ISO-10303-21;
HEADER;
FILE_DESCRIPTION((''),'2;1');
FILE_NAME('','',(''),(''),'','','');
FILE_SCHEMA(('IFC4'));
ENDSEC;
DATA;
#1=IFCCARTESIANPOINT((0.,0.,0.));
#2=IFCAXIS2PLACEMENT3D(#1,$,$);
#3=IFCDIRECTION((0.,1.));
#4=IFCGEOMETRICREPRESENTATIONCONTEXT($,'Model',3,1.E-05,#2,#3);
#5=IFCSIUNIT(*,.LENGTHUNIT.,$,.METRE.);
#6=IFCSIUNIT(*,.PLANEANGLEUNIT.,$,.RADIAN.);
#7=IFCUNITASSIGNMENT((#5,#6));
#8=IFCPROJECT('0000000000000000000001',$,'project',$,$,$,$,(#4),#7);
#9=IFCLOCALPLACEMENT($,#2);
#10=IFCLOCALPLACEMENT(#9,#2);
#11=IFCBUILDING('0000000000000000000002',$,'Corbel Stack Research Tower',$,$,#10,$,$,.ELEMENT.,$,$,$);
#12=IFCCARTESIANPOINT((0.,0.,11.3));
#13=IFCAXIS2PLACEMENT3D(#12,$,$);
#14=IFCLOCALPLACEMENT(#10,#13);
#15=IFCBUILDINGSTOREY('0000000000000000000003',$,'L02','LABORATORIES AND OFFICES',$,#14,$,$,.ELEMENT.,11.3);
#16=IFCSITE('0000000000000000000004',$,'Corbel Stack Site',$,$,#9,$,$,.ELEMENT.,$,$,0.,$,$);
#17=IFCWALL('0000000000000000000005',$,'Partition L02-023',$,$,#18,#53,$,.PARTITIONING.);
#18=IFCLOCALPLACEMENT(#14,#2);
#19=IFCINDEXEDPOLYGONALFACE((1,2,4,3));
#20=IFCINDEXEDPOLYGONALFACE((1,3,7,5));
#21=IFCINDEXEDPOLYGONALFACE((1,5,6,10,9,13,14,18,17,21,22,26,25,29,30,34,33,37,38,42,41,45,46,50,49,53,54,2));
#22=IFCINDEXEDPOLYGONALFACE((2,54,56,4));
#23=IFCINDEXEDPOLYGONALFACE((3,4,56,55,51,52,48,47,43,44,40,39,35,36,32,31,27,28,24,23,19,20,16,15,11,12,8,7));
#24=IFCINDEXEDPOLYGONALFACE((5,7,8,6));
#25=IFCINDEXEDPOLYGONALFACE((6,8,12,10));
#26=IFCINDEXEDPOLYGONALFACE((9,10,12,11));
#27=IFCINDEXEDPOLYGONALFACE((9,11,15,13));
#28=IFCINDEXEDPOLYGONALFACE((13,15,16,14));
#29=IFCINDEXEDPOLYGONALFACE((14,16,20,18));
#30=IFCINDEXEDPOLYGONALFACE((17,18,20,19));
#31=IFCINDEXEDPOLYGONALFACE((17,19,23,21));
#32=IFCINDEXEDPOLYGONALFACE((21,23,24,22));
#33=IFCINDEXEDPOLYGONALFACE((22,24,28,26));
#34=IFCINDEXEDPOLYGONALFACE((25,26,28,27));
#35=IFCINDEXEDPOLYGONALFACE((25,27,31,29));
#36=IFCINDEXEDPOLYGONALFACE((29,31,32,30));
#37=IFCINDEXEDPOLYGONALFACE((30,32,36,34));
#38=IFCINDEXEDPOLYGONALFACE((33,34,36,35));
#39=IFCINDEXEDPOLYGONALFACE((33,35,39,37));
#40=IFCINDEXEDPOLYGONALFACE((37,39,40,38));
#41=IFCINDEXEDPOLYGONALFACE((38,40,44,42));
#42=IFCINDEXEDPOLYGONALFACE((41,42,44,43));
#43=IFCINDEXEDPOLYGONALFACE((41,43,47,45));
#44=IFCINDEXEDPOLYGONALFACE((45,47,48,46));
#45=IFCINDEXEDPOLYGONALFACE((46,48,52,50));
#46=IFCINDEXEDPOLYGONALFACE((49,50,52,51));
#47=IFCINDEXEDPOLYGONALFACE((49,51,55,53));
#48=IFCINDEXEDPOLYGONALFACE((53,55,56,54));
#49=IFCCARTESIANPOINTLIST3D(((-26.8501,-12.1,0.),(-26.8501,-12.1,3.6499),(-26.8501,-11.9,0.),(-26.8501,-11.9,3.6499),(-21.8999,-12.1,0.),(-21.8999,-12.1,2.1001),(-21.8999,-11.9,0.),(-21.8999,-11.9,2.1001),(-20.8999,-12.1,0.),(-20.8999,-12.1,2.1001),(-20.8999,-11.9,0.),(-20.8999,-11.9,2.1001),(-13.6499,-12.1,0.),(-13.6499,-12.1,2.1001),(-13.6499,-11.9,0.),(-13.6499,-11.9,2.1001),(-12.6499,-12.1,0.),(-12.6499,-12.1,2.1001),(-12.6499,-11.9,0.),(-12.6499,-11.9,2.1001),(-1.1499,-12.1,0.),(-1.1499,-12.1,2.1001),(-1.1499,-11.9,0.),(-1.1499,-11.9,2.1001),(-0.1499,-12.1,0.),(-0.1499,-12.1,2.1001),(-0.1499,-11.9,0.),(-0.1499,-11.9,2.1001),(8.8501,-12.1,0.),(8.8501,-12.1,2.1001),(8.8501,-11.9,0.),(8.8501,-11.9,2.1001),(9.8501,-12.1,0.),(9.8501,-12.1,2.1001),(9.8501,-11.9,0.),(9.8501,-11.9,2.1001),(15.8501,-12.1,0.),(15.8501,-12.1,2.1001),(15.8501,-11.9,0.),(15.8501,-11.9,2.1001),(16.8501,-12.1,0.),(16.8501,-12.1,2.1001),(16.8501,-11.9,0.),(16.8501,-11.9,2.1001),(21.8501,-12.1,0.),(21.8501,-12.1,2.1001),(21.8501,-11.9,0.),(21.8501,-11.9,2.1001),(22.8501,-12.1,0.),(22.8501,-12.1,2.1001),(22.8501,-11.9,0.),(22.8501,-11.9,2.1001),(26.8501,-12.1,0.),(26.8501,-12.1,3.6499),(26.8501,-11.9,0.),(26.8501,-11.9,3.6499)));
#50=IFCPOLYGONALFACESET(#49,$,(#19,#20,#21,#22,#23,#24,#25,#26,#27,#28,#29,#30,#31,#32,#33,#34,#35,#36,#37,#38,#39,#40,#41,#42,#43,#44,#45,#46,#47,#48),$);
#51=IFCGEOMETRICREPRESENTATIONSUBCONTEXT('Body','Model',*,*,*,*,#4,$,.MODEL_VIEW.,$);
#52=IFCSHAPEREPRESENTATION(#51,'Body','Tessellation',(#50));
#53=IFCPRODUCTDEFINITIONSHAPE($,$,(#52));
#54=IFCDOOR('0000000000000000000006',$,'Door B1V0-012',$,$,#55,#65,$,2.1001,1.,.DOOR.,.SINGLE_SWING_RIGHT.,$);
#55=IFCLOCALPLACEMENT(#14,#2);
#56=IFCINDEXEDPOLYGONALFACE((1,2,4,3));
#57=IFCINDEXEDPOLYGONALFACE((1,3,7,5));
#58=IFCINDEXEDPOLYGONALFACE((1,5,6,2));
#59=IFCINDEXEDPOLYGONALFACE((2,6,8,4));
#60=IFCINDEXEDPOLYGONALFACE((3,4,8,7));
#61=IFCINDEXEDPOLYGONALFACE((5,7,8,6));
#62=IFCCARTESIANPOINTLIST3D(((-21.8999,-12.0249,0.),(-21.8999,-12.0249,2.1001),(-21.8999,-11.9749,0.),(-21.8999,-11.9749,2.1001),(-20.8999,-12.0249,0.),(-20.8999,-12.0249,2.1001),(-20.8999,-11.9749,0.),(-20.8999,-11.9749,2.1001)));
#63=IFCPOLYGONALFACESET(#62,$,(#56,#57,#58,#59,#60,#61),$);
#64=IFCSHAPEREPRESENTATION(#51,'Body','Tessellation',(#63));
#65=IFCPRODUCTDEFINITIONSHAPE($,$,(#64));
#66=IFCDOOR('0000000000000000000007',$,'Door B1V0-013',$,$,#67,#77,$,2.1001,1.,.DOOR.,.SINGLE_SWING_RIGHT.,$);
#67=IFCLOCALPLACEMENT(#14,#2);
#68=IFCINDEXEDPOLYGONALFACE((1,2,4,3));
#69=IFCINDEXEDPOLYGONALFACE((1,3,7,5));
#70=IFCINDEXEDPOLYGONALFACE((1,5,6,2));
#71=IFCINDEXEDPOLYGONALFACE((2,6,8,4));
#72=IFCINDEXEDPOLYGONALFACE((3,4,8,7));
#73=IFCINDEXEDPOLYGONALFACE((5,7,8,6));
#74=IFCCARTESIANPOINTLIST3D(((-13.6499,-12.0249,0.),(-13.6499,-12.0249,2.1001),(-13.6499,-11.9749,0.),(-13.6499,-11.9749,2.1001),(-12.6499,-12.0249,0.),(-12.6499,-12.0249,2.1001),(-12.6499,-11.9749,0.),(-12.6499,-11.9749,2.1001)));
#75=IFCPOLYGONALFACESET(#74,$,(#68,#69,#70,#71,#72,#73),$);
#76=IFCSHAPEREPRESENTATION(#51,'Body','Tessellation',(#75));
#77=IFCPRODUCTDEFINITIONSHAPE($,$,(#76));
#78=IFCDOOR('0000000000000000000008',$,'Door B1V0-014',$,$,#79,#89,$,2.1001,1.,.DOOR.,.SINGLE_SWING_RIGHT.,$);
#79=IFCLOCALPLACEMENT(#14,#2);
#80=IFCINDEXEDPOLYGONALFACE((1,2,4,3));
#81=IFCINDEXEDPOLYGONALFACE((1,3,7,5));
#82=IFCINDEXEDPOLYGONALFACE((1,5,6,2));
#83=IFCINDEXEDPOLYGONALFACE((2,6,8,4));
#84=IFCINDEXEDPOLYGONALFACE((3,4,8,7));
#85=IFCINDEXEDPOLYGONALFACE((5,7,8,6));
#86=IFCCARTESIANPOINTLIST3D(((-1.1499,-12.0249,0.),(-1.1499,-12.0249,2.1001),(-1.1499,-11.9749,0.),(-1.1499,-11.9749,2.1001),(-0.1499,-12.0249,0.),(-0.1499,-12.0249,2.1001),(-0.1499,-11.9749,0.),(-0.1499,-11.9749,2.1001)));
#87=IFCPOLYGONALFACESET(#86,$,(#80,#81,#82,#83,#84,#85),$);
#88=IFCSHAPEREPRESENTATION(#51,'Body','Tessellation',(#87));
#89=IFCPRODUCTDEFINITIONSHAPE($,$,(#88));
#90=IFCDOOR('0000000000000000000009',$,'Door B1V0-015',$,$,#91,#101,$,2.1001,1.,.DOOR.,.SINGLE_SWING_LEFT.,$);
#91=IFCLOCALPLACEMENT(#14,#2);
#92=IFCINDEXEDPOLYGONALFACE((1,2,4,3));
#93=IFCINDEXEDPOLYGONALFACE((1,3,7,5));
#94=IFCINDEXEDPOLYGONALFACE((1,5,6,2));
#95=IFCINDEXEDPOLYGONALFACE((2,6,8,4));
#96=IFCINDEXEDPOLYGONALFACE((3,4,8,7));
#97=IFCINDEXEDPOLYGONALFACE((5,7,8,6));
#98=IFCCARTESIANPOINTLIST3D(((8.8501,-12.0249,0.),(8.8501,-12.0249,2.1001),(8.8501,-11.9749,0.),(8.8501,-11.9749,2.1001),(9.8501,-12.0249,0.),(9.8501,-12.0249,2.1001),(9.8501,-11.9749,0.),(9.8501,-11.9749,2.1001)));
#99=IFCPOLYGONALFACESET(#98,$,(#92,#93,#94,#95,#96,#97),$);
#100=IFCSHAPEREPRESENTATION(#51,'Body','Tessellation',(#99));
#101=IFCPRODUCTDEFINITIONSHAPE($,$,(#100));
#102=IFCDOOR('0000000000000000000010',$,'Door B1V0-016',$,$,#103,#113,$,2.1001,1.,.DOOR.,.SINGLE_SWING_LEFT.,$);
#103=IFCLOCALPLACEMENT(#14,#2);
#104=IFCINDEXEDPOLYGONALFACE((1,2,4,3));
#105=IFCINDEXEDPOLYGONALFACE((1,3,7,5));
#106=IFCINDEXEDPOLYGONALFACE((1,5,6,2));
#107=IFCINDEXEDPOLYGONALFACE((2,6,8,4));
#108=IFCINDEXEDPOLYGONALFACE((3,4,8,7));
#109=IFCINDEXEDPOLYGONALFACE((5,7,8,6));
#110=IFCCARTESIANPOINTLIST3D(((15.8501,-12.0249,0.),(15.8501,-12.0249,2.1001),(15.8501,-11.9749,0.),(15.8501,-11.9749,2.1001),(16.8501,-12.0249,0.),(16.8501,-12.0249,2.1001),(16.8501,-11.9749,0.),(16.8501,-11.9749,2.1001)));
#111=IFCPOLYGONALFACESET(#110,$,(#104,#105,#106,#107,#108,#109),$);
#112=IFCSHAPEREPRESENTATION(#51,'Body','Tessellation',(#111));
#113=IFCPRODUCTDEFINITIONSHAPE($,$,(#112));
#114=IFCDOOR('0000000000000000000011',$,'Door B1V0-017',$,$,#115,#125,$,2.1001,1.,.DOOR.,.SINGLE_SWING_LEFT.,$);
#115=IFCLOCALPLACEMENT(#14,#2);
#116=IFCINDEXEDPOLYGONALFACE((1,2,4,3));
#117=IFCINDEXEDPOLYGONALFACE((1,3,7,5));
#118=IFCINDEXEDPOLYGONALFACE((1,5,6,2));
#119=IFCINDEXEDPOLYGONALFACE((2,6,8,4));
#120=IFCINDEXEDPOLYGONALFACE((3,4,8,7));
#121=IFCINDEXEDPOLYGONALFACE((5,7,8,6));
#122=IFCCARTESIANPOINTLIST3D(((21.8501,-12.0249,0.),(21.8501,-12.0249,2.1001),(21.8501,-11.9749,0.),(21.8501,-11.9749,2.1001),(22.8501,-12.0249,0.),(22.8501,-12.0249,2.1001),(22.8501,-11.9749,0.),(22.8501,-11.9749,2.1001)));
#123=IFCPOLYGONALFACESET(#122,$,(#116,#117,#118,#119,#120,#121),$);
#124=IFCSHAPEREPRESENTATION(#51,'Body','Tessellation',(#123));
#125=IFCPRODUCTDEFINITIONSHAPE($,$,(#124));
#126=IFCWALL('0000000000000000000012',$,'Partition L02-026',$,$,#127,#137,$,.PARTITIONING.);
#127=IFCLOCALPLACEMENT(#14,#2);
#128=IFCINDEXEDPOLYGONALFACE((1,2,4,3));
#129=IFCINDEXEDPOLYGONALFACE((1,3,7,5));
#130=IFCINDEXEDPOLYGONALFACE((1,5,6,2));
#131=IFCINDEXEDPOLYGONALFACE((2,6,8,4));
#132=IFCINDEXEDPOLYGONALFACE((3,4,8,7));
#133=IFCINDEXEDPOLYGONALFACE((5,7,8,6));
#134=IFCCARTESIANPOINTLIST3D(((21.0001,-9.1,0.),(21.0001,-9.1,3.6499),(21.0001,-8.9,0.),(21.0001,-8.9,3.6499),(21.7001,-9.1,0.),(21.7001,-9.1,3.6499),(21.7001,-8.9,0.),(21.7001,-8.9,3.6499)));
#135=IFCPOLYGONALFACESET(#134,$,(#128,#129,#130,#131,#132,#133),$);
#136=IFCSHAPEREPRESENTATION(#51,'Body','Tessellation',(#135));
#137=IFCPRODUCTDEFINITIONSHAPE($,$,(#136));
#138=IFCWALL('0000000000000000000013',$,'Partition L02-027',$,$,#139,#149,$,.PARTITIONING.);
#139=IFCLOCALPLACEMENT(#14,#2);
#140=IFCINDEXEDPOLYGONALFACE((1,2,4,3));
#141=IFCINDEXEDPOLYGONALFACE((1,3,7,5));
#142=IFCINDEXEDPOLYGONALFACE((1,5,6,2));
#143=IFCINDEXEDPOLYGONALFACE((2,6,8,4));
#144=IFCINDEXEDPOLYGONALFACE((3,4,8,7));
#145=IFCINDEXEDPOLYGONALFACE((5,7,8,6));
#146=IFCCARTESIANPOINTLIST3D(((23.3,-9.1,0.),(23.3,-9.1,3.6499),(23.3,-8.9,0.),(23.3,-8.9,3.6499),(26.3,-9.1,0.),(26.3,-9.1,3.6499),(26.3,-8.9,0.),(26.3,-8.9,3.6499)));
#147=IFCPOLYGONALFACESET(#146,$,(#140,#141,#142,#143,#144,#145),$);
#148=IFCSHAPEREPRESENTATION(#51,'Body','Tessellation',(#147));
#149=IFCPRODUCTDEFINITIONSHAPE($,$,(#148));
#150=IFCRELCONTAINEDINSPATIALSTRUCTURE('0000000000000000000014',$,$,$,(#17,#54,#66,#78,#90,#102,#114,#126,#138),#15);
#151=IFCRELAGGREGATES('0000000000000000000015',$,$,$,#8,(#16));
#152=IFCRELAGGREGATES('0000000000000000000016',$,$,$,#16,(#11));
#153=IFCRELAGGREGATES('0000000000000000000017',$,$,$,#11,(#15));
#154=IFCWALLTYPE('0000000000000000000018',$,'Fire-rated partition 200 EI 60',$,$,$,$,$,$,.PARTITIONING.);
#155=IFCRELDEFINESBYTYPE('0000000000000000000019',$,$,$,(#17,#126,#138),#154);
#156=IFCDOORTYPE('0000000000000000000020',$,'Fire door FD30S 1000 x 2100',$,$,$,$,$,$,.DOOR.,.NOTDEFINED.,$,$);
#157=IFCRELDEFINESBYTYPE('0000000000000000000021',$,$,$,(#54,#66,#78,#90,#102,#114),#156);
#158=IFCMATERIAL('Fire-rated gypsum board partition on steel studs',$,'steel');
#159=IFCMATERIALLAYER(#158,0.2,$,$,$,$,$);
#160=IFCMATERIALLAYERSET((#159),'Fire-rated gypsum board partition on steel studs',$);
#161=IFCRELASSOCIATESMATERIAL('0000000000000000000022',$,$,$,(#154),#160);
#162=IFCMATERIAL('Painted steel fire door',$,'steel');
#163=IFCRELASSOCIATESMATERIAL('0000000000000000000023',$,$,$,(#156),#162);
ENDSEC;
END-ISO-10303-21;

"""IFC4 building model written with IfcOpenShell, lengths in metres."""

from ifc_helpers import new_model, si_unit, direction, frame, frame_2d, origin, place, context, subcontext, project, spatial, rectangle, extrude, material, layer, layer_set, type_object, element, fill, save


model = new_model("IFC4")

# Units and contexts
model_context = context("Model", 3, precision=1e-05, world=origin(), true_north=direction((0.0, 1.0)))
body_context = subcontext(model_context, "Body", "Model", "MODEL_VIEW")
ifc_project = project(units=[si_unit("LENGTHUNIT", "METRE"), si_unit("PLANEANGLEUNIT", "RADIAN")], contexts=[model_context])

# Site, building, storey
site_placement = place(None, origin())
site = spatial("IfcSite", under=ifc_project, at=site_placement, Name="Corbel Stack Site", CompositionType="ELEMENT", RefElevation=0.0)
building_placement = place(site_placement, origin())
building = spatial("IfcBuilding", under=site, at=building_placement, Name="Corbel Stack Research Tower", CompositionType="ELEMENT")
storey_placement = place(building_placement, frame((0.0, 0.0, 11.3)))
storey = spatial("IfcBuildingStorey", under=building, at=storey_placement, Name="L02", Description="LABORATORIES AND OFFICES", CompositionType="ELEMENT", Elevation=11.3)

# Shared definitions
ifc_material_1 = material(Name="Fire-rated gypsum board partition on steel studs", Category="steel")
ifc_layer_1 = layer(ifc_material_1, 0.2)
ifc_layer_set_1 = layer_set([ifc_layer_1], Name="Fire-rated gypsum board partition on steel studs")
wall_type_1 = type_object("IfcWallType", Name="Fire-rated partition 200 EI 60", PredefinedType="PARTITIONING", material=ifc_layer_set_1)

# Wall, openings, doors
wall_1_placement = place(storey_placement, frame((26.8501, -12.0, 0.0), z_axis=(0.0, 0.0, 1.0), x_axis=(-1.0, 0.0, 0.0)))
wall_1 = element("IfcWall", 1, at=wall_1_placement, inside=storey, type_object=wall_type_1, Name="Partition L02-023", PredefinedType="PARTITIONING", context=body_context, shape_type="SweptSolid", body=[
    extrude(rectangle(XDim=53.7002, YDim=0.2, at=frame_2d((26.8501, 0.0))), origin(), (0.0, 0.0, 1.0), 3.6499),
])
opening_1_placement = place(wall_1_placement, frame((47.75, 0.0, 0.0)))
opening_1 = element("IfcOpeningElement", 2, at=opening_1_placement, cuts=wall_1, PredefinedType="OPENING", context=body_context, shape_type="SweptSolid", body=[
    extrude(rectangle(XDim=1.0, YDim=2.1001, at=frame_2d((0.5, 1.05))), frame((0.0, 0.1099, 0.0), z_axis=(0.0, -1.0, 0.0), x_axis=(1.0, 0.0, 0.0)), (0.0, 0.0, 1.0), 0.22),
])
opening_2_placement = place(wall_1_placement, frame((39.5, 0.0, 0.0)))
opening_2 = element("IfcOpeningElement", 3, at=opening_2_placement, cuts=wall_1, PredefinedType="OPENING", context=body_context, shape_type="SweptSolid", body=[
    extrude(rectangle(XDim=1.0, YDim=2.1001, at=frame_2d((0.5, 1.05))), frame((0.0, 0.1099, 0.0), z_axis=(0.0, -1.0, 0.0), x_axis=(1.0, 0.0, 0.0)), (0.0, 0.0, 1.0), 0.22),
])
opening_3_placement = place(wall_1_placement, frame((27.0, 0.0, 0.0)))
opening_3 = element("IfcOpeningElement", 4, at=opening_3_placement, cuts=wall_1, PredefinedType="OPENING", context=body_context, shape_type="SweptSolid", body=[
    extrude(rectangle(XDim=1.0, YDim=2.1001, at=frame_2d((0.5, 1.05))), frame((0.0, 0.1099, 0.0), z_axis=(0.0, -1.0, 0.0), x_axis=(1.0, 0.0, 0.0)), (0.0, 0.0, 1.0), 0.22),
])
opening_4_placement = place(wall_1_placement, frame((17.0, 0.0, 0.0)))
opening_4 = element("IfcOpeningElement", 5, at=opening_4_placement, cuts=wall_1, PredefinedType="OPENING", context=body_context, shape_type="SweptSolid", body=[
    extrude(rectangle(XDim=1.0, YDim=2.1001, at=frame_2d((0.5, 1.05))), frame((0.0, 0.1099, 0.0), z_axis=(0.0, -1.0, 0.0), x_axis=(1.0, 0.0, 0.0)), (0.0, 0.0, 1.0), 0.22),
])
opening_5_placement = place(wall_1_placement, frame((10.0, 0.0, 0.0)))
opening_5 = element("IfcOpeningElement", 6, at=opening_5_placement, cuts=wall_1, PredefinedType="OPENING", context=body_context, shape_type="SweptSolid", body=[
    extrude(rectangle(XDim=1.0, YDim=2.1001, at=frame_2d((0.5, 1.05))), frame((0.0, 0.1099, 0.0), z_axis=(0.0, -1.0, 0.0), x_axis=(1.0, 0.0, 0.0)), (0.0, 0.0, 1.0), 0.22),
])
opening_6_placement = place(wall_1_placement, frame((4.0, 0.0, 0.0)))
opening_6 = element("IfcOpeningElement", 7, at=opening_6_placement, cuts=wall_1, PredefinedType="OPENING", context=body_context, shape_type="SweptSolid", body=[
    extrude(rectangle(XDim=1.0, YDim=2.1001, at=frame_2d((0.5, 1.05))), frame((0.0, 0.1099, 0.0), z_axis=(0.0, -1.0, 0.0), x_axis=(1.0, 0.0, 0.0)), (0.0, 0.0, 1.0), 0.22),
])
ifc_material_2 = material(Name="Painted steel fire door", Category="steel")
door_type_1 = type_object("IfcDoorType", Name="Fire door FD30S 1000 x 2100", OperationType="NOTDEFINED", PredefinedType="DOOR", material=ifc_material_2)
door_1_placement = place(opening_1_placement, origin())
door_1 = element("IfcDoor", 8, at=door_1_placement, inside=storey, type_object=door_type_1, Name="Door B1V0-012", OperationType="SINGLE_SWING_RIGHT", OverallHeight=2.1001, OverallWidth=1.0, PredefinedType="DOOR", context=body_context, shape_type="SweptSolid", body=[
    extrude(rectangle(XDim=1.0, YDim=2.1001, at=frame_2d((0.5, 1.05))), frame((0.0, 0.0249, 0.0), z_axis=(0.0, -1.0, 0.0), x_axis=(1.0, 0.0, 0.0)), (0.0, 0.0, 1.0), 0.05),
])
fill(opening_1, door_1)
door_2_placement = place(opening_2_placement, origin())
door_2 = element("IfcDoor", 9, at=door_2_placement, inside=storey, type_object=door_type_1, Name="Door B1V0-013", OperationType="SINGLE_SWING_RIGHT", OverallHeight=2.1001, OverallWidth=1.0, PredefinedType="DOOR", context=body_context, shape_type="SweptSolid", body=[
    extrude(rectangle(XDim=1.0, YDim=2.1001, at=frame_2d((0.5, 1.05))), frame((0.0, 0.0249, 0.0), z_axis=(0.0, -1.0, 0.0), x_axis=(1.0, 0.0, 0.0)), (0.0, 0.0, 1.0), 0.05),
])
fill(opening_2, door_2)
door_3_placement = place(opening_3_placement, origin())
door_3 = element("IfcDoor", 10, at=door_3_placement, inside=storey, type_object=door_type_1, Name="Door B1V0-014", OperationType="SINGLE_SWING_RIGHT", OverallHeight=2.1001, OverallWidth=1.0, PredefinedType="DOOR", context=body_context, shape_type="SweptSolid", body=[
    extrude(rectangle(XDim=1.0, YDim=2.1001, at=frame_2d((0.5, 1.05))), frame((0.0, 0.0249, 0.0), z_axis=(0.0, -1.0, 0.0), x_axis=(1.0, 0.0, 0.0)), (0.0, 0.0, 1.0), 0.05),
])
fill(opening_3, door_3)
door_4_placement = place(opening_4_placement, origin())
door_4 = element("IfcDoor", 11, at=door_4_placement, inside=storey, type_object=door_type_1, Name="Door B1V0-015", OperationType="SINGLE_SWING_LEFT", OverallHeight=2.1001, OverallWidth=1.0, PredefinedType="DOOR", context=body_context, shape_type="SweptSolid", body=[
    extrude(rectangle(XDim=1.0, YDim=2.1001, at=frame_2d((0.5, 1.05))), frame((0.0, 0.0249, 0.0), z_axis=(0.0, -1.0, 0.0), x_axis=(1.0, 0.0, 0.0)), (0.0, 0.0, 1.0), 0.05),
])
fill(opening_4, door_4)
door_5_placement = place(opening_5_placement, origin())
door_5 = element("IfcDoor", 12, at=door_5_placement, inside=storey, type_object=door_type_1, Name="Door B1V0-016", OperationType="SINGLE_SWING_LEFT", OverallHeight=2.1001, OverallWidth=1.0, PredefinedType="DOOR", context=body_context, shape_type="SweptSolid", body=[
    extrude(rectangle(XDim=1.0, YDim=2.1001, at=frame_2d((0.5, 1.05))), frame((0.0, 0.0249, 0.0), z_axis=(0.0, -1.0, 0.0), x_axis=(1.0, 0.0, 0.0)), (0.0, 0.0, 1.0), 0.05),
])
fill(opening_5, door_5)
door_6_placement = place(opening_6_placement, origin())
door_6 = element("IfcDoor", 13, at=door_6_placement, inside=storey, type_object=door_type_1, Name="Door B1V0-017", OperationType="SINGLE_SWING_LEFT", OverallHeight=2.1001, OverallWidth=1.0, PredefinedType="DOOR", context=body_context, shape_type="SweptSolid", body=[
    extrude(rectangle(XDim=1.0, YDim=2.1001, at=frame_2d((0.5, 1.05))), frame((0.0, 0.0249, 0.0), z_axis=(0.0, -1.0, 0.0), x_axis=(1.0, 0.0, 0.0)), (0.0, 0.0, 1.0), 0.05),
])
fill(opening_6, door_6)

# Walls
wall_2_placement = place(storey_placement, frame((21.0, -9.0, 0.0), z_axis=(0.0, 0.0, 1.0), x_axis=(1.0, 0.0, 0.0)))
element("IfcWall", 14, at=wall_2_placement, inside=storey, type_object=wall_type_1, Name="Partition L02-026", PredefinedType="PARTITIONING", context=body_context, shape_type="SweptSolid", body=[
    extrude(rectangle(XDim=0.7, YDim=0.2, at=frame_2d((0.3501, 0.0))), origin(), (0.0, 0.0, 1.0), 3.6499),
])
wall_3_placement = place(storey_placement, frame((23.3, -9.0, 0.0), z_axis=(0.0, 0.0, 1.0), x_axis=(1.0, 0.0, 0.0)))
element("IfcWall", 15, at=wall_3_placement, inside=storey, type_object=wall_type_1, Name="Partition L02-027", PredefinedType="PARTITIONING", context=body_context, shape_type="SweptSolid", body=[
    extrude(rectangle(XDim=3.0, YDim=0.2, at=frame_2d((1.5, 0.0))), origin(), (0.0, 0.0, 1.0), 3.6499),
])

save(model, "model.ifc")
